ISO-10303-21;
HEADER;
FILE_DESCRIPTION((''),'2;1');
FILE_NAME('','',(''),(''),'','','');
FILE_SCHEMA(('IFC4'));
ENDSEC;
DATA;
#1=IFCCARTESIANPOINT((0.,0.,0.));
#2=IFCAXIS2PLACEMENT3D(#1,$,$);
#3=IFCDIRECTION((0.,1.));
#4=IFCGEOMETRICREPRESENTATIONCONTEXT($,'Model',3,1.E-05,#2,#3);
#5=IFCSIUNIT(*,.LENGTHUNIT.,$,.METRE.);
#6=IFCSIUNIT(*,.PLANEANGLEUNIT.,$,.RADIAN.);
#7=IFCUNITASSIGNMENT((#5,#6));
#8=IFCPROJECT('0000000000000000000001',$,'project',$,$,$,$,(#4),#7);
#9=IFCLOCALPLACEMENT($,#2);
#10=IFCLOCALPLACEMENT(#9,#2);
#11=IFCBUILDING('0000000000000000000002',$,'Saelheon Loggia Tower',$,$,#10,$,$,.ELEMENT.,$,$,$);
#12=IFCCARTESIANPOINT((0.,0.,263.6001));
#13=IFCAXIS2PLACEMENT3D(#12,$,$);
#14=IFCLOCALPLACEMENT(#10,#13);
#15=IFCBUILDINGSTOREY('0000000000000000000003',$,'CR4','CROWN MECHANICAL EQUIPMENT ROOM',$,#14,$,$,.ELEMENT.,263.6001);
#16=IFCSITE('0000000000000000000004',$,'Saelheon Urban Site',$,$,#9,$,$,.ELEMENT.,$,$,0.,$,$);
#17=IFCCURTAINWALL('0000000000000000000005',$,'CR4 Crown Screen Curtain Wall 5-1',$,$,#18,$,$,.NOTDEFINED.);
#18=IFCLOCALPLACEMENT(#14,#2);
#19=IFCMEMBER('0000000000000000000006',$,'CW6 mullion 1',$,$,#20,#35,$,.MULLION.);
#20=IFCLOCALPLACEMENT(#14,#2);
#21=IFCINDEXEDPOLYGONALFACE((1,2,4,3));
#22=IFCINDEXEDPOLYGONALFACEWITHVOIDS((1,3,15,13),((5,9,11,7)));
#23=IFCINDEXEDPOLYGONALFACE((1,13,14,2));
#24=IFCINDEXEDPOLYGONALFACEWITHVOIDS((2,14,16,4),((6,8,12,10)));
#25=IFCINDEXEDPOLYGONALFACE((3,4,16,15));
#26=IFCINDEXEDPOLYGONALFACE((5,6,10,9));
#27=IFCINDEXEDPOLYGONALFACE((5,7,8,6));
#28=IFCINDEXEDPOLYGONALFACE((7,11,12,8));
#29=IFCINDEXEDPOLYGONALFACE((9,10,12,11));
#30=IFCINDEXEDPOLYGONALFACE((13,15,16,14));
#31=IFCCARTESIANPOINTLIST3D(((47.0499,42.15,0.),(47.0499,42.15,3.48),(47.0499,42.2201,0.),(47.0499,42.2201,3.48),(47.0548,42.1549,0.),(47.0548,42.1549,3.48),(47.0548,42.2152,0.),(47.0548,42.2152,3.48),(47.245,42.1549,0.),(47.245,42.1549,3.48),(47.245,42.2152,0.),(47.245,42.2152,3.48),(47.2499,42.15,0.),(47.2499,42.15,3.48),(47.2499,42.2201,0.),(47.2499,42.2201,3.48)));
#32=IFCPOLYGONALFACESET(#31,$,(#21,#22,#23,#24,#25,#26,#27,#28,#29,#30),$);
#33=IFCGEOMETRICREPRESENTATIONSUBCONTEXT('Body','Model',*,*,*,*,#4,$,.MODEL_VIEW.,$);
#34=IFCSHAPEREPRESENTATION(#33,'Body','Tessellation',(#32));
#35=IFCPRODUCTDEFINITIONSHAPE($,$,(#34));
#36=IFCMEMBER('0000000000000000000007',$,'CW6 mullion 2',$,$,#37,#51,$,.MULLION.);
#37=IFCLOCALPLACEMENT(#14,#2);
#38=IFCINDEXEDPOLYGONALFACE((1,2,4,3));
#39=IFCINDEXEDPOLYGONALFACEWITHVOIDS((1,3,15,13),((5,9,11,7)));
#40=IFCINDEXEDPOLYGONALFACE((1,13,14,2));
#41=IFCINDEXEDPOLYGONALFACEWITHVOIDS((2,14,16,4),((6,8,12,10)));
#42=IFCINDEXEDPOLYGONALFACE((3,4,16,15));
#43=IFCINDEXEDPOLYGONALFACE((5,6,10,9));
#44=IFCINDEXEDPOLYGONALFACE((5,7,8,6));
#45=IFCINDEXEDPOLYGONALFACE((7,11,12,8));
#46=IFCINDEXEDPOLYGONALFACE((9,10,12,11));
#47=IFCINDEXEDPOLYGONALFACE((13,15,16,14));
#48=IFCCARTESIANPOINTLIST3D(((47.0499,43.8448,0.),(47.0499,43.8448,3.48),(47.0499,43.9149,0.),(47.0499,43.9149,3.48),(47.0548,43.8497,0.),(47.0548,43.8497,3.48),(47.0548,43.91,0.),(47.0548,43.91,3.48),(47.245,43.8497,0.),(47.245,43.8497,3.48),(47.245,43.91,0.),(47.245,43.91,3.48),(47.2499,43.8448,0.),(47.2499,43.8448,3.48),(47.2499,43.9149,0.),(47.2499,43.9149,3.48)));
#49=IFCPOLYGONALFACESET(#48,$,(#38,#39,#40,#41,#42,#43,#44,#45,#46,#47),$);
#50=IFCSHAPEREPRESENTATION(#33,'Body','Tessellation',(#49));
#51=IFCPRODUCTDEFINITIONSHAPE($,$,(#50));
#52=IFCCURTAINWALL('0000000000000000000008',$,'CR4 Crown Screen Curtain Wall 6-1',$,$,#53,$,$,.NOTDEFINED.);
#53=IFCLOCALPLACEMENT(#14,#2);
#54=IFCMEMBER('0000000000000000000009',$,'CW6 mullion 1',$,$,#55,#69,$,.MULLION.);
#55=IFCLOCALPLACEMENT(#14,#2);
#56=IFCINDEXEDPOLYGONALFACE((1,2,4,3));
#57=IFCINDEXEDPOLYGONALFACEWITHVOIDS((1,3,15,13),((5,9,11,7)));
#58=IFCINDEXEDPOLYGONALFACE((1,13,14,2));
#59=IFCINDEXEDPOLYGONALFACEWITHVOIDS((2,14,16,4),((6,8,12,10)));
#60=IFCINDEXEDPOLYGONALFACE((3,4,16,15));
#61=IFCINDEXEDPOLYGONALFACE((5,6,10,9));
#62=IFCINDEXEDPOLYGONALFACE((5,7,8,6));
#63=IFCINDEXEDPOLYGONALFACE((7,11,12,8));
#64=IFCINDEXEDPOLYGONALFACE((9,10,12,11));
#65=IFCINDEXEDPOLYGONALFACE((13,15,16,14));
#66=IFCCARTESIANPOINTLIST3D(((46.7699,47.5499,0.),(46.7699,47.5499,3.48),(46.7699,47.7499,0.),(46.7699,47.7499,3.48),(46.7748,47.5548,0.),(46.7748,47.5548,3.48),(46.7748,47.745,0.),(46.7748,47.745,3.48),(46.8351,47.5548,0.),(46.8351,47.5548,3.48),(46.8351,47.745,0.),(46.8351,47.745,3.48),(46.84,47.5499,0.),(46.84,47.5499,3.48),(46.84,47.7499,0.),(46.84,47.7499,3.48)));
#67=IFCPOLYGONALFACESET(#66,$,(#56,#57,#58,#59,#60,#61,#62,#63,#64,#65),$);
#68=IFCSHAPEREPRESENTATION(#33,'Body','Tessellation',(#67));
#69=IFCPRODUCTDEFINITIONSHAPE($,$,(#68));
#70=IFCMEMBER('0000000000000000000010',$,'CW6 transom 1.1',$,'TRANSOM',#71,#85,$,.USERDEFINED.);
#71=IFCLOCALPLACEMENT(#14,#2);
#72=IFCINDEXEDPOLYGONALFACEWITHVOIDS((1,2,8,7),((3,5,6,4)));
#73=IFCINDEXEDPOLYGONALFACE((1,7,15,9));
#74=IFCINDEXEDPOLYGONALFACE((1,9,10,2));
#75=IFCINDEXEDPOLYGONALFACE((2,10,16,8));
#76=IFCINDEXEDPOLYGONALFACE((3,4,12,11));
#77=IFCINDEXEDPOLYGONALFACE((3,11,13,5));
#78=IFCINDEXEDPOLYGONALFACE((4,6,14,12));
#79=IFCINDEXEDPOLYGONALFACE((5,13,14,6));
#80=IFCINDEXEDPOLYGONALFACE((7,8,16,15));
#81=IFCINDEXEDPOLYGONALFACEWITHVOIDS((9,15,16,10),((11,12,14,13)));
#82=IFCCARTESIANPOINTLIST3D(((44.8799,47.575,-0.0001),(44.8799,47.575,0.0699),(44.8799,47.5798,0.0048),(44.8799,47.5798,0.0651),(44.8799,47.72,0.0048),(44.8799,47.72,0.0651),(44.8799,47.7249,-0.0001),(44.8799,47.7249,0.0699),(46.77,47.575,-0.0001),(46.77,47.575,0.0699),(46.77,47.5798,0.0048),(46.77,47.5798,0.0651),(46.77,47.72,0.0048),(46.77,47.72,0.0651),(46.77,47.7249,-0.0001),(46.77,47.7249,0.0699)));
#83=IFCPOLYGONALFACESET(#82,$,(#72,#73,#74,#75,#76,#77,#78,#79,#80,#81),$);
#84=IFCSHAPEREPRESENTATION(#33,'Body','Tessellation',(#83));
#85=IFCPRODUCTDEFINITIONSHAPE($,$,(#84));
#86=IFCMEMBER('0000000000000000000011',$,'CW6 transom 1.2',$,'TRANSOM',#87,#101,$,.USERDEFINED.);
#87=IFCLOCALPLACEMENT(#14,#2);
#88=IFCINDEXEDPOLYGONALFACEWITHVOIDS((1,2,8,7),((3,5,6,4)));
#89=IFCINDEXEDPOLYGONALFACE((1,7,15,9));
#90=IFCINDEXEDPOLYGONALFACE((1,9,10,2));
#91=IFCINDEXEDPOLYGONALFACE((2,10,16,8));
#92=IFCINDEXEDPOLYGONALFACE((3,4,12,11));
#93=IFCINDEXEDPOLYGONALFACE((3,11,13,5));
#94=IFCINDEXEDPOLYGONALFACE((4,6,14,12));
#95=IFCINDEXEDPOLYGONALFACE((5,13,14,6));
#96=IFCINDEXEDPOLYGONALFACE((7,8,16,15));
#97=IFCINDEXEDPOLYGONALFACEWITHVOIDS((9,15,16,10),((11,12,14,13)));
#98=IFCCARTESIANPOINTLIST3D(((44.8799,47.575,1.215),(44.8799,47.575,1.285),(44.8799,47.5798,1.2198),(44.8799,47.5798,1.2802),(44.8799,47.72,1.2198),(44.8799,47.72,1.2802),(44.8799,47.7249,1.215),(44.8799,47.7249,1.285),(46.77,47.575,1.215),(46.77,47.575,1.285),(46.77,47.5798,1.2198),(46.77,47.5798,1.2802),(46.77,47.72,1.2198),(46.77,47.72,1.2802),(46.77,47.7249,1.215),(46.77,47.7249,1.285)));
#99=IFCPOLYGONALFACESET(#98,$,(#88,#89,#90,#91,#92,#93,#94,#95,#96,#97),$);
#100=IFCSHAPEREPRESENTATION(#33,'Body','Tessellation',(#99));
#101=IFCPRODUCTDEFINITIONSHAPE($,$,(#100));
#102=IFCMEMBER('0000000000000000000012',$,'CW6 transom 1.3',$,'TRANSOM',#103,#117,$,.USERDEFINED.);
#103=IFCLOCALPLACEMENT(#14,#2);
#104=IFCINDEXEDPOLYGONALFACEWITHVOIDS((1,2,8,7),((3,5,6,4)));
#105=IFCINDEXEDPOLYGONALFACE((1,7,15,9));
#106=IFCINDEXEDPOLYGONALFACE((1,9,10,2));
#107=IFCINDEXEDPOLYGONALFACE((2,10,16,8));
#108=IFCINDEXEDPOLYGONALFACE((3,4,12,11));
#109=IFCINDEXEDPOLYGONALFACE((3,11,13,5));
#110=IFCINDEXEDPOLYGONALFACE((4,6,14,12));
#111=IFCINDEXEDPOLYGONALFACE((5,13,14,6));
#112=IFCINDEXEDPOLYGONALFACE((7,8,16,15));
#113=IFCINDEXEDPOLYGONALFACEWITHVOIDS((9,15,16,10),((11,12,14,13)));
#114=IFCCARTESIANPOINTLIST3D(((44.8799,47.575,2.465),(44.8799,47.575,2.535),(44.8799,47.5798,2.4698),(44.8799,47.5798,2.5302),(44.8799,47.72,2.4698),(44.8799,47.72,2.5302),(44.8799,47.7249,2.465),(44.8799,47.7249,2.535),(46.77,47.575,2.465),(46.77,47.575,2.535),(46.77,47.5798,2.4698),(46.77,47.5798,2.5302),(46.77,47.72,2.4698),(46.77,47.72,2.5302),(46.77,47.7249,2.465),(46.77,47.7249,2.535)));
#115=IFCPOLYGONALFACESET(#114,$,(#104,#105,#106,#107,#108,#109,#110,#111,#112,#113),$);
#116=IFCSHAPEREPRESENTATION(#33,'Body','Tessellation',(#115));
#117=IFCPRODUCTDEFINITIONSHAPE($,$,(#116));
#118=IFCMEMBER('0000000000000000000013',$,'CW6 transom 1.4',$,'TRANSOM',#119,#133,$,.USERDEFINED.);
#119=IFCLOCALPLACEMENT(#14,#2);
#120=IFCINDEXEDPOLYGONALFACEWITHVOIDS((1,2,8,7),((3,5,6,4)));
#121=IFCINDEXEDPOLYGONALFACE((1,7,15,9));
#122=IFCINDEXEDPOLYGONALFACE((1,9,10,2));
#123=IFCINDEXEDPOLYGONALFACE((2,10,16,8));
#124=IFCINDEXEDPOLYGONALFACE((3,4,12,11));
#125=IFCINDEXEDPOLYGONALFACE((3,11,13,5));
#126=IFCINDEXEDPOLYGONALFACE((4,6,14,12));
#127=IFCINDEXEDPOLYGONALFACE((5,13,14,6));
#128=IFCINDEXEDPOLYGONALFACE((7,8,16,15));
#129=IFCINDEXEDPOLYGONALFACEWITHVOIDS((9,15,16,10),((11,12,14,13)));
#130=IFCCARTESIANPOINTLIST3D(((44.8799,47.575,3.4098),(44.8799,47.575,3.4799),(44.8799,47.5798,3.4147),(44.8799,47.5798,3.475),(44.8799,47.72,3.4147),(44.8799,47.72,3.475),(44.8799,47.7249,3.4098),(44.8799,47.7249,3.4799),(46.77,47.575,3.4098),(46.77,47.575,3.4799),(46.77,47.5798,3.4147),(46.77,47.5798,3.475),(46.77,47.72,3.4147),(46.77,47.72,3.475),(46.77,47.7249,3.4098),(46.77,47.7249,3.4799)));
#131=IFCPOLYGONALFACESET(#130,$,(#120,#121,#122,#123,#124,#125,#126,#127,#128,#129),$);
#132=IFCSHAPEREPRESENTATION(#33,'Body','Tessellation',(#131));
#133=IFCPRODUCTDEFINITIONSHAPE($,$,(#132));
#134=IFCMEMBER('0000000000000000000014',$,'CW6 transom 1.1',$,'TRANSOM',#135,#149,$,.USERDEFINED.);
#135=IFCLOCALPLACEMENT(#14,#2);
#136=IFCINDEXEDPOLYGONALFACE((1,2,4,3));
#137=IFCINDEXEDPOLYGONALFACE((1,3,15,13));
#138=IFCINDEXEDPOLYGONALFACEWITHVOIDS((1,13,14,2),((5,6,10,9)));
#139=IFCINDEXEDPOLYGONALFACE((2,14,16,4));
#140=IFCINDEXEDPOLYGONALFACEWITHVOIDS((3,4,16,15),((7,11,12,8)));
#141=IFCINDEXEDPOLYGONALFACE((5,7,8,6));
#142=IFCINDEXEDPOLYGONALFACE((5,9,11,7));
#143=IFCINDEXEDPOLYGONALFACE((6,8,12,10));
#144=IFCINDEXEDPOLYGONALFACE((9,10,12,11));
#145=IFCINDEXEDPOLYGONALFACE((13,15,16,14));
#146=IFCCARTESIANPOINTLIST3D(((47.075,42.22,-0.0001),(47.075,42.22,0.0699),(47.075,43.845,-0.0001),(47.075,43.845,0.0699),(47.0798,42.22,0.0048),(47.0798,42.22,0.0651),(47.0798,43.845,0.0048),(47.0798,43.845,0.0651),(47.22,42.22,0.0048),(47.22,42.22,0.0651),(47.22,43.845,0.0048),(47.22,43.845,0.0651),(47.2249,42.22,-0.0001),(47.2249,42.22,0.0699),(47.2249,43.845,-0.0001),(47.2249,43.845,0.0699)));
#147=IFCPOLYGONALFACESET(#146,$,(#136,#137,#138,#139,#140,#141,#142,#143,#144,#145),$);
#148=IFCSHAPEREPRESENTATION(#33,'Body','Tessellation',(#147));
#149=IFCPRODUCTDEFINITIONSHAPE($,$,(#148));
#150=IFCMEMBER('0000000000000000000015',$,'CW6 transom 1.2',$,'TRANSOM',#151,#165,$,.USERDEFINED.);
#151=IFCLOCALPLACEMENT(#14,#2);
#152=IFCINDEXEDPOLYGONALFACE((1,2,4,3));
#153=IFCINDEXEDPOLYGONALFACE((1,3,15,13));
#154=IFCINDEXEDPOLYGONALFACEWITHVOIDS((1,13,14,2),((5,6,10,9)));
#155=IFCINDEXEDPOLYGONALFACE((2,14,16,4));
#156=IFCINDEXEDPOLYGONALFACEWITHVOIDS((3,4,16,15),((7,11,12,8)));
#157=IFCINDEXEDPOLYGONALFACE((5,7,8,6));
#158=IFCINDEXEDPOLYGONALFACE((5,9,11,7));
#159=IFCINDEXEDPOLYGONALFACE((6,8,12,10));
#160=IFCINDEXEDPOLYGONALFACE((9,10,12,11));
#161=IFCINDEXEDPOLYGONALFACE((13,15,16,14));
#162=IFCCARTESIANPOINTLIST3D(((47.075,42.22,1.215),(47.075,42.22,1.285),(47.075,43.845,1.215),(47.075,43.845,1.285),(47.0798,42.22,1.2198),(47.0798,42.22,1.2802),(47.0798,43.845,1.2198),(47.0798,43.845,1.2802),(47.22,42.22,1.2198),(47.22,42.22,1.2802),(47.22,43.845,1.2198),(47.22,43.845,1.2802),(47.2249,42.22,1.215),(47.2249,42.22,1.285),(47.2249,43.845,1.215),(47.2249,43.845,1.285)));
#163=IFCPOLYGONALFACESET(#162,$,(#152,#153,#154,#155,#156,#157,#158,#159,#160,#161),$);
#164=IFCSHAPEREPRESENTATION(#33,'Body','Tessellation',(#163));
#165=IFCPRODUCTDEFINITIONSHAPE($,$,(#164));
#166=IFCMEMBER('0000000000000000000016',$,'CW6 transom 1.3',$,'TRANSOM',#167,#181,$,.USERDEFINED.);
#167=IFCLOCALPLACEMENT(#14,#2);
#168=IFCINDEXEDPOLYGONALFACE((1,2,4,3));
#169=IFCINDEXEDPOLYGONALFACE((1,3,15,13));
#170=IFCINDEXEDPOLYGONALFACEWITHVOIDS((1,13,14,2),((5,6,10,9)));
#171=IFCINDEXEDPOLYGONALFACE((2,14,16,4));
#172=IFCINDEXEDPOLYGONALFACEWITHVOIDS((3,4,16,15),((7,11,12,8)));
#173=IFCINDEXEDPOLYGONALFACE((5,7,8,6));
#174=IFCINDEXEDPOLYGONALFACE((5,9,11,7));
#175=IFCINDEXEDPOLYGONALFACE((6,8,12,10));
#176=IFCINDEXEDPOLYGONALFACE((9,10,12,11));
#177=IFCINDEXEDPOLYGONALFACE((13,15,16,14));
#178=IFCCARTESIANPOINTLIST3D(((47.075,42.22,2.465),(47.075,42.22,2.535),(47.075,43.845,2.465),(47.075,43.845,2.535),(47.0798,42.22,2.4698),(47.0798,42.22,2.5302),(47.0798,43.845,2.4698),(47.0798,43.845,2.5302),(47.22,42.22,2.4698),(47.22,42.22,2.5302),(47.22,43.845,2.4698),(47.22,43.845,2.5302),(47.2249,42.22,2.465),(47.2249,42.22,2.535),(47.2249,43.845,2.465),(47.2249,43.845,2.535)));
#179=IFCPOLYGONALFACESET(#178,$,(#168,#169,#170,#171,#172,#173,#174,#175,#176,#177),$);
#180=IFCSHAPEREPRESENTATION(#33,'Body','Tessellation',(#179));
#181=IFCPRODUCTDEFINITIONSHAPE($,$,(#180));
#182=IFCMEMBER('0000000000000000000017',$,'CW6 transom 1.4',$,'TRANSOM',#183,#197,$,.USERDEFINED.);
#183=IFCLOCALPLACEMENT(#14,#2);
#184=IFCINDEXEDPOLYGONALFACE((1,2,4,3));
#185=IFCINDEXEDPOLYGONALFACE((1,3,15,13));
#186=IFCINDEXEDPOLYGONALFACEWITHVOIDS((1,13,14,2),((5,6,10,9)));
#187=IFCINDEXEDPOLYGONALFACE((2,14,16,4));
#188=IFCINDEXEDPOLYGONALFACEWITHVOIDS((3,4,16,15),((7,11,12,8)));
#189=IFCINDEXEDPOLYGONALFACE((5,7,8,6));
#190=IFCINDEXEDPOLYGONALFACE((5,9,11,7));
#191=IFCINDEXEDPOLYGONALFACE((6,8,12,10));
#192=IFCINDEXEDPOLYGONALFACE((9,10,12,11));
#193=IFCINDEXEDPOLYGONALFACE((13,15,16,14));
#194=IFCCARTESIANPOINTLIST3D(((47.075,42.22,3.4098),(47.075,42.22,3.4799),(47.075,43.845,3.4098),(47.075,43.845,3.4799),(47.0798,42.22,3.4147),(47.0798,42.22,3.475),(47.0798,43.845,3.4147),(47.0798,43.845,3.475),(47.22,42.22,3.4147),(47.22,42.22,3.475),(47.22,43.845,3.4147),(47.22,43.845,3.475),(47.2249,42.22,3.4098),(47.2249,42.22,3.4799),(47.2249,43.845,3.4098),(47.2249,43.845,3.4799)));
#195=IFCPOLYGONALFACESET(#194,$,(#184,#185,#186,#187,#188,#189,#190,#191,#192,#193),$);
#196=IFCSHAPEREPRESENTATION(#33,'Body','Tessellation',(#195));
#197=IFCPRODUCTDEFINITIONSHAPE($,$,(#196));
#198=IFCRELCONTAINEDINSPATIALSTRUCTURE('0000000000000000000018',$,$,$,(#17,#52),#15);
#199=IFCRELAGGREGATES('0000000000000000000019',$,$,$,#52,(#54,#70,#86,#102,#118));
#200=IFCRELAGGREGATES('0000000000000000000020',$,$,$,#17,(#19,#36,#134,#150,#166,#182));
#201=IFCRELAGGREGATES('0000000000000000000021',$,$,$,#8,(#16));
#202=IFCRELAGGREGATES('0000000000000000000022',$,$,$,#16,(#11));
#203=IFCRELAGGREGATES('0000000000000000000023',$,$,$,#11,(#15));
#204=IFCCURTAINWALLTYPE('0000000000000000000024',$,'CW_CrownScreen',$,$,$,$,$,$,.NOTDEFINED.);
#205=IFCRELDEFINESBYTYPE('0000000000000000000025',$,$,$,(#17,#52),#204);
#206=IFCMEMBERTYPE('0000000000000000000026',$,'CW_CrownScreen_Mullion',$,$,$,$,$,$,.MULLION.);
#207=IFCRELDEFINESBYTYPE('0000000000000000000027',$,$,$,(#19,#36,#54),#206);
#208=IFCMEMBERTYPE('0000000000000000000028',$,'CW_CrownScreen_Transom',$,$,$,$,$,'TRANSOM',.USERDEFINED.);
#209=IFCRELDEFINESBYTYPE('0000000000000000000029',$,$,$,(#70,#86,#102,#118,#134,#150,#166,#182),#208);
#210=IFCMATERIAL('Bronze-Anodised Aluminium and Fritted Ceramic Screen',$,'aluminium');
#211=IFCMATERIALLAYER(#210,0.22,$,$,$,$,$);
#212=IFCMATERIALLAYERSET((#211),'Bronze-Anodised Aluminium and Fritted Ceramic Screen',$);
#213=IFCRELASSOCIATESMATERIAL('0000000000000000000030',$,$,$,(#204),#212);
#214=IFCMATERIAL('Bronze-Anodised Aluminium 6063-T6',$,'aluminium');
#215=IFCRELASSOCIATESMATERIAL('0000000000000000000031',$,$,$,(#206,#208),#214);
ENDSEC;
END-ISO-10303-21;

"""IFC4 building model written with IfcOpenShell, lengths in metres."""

from ifc_helpers import new_model, si_unit, direction, frame, origin, origin_2d, place, context, subcontext, project, spatial, hollow_rectangle, extrude, source, transform, mapped, material, layer, layer_set, material_profile, profile_set, type_object, element, aggregate, save


model = new_model("IFC4")

# Units and contexts
model_context = context("Model", 3, precision=1e-05, world=origin(), true_north=direction((0.0, 1.0)))
body_context = subcontext(model_context, "Body", "Model", "MODEL_VIEW")
ifc_project = project(units=[si_unit("LENGTHUNIT", "METRE"), si_unit("PLANEANGLEUNIT", "RADIAN")], contexts=[model_context])

# Site, building, storey
site_placement = place(None, origin())
site = spatial("IfcSite", under=ifc_project, at=site_placement, Name="Saelheon Urban Site", CompositionType="ELEMENT", RefElevation=0.0)
building_placement = place(site_placement, origin())
building = spatial("IfcBuilding", under=site, at=building_placement, Name="Saelheon Loggia Tower", CompositionType="ELEMENT")
storey_placement = place(building_placement, frame((0.0, 0.0, 263.6001)))
storey = spatial("IfcBuildingStorey", under=building, at=storey_placement, Name="CR4", Description="CROWN MECHANICAL EQUIPMENT ROOM", CompositionType="ELEMENT", Elevation=263.6001)

# Curtain walls, members
ifc_material_1 = material(Name="Bronze-Anodised Aluminium and Fritted Ceramic Screen", Category="aluminium")
ifc_layer_1 = layer(ifc_material_1, 0.22)
ifc_layer_set_1 = layer_set([ifc_layer_1], Name="Bronze-Anodised Aluminium and Fritted Ceramic Screen")
curtain_wall_type = type_object("IfcCurtainWallType", Name="CW_CrownScreen", PredefinedType="NOTDEFINED", material=ifc_layer_set_1)
curtain_wall_1_placement = place(storey_placement, origin())
curtain_wall_1 = element("IfcCurtainWall", 1, at=curtain_wall_1_placement, inside=storey, type_object=curtain_wall_type, Name="CR4 Crown Screen Curtain Wall 5-1", PredefinedType="NOTDEFINED")
ifc_material_2 = material(Name="Bronze-Anodised Aluminium 6063-T6", Category="aluminium")
ifc_material_profile_1 = material_profile(ifc_material_2, hollow_rectangle(XDim=0.0701, YDim=0.2, WallThickness=0.0049, at=origin_2d()), Name="RHS-200x70x5")
ifc_profile_set_1 = profile_set([ifc_material_profile_1], Name="Bronze-Anodised Aluminium 6063-T6")
member_type_1 = type_object("IfcMemberType", Name="CW_CrownScreen_Mullion", PredefinedType="MULLION", material=ifc_profile_set_1)
shared_shape_1 = source(origin(), body_context, "Body", "SweptSolid", [
    extrude(hollow_rectangle(XDim=0.0701, YDim=0.2, WallThickness=0.0049, at=origin_2d()), origin(), (0.0, 0.0, 1.0), 3.48),
])
member_1_placement = place(storey_placement, frame((47.1499, 42.1851, 0.0), z_axis=(0.0, 0.0, 1.0), x_axis=(0.0, 1.0, 0.0)))
member_1 = element("IfcMember", 2, at=member_1_placement, type_object=member_type_1, Name="CW6 mullion 1", PredefinedType="MULLION", context=body_context, shape_type="MappedRepresentation", body=[
    mapped(shared_shape_1, transform((0.0, 0.0, 0.0), scale=1.0)),
])
member_2_placement = place(storey_placement, frame((47.1499, 43.8799, 0.0), z_axis=(0.0, 0.0, 1.0), x_axis=(0.0, 1.0, 0.0)))
member_2 = element("IfcMember", 3, at=member_2_placement, type_object=member_type_1, Name="CW6 mullion 2", PredefinedType="MULLION", context=body_context, shape_type="MappedRepresentation", body=[
    mapped(shared_shape_1, transform((0.0, 0.0, 0.0), scale=1.0)),
])
curtain_wall_2_placement = place(storey_placement, origin())
curtain_wall_2 = element("IfcCurtainWall", 4, at=curtain_wall_2_placement, inside=storey, type_object=curtain_wall_type, Name="CR4 Crown Screen Curtain Wall 6-1", PredefinedType="NOTDEFINED")
member_3_placement = place(storey_placement, frame((46.8049, 47.6499, 0.0), z_axis=(0.0, 0.0, 1.0), x_axis=(-1.0, 0.0, 0.0)))
member_3 = element("IfcMember", 5, at=member_3_placement, type_object=member_type_1, Name="CW6 mullion 1", PredefinedType="MULLION", context=body_context, shape_type="MappedRepresentation", body=[
    mapped(shared_shape_1, transform((0.0, 0.0, 0.0), scale=1.0)),
])
ifc_material_profile_2 = material_profile(ifc_material_2, hollow_rectangle(XDim=0.0701, YDim=0.1499, WallThickness=0.0049, at=origin_2d()), Name="RHS-150x70x5")
ifc_profile_set_2 = profile_set([ifc_material_profile_2], Name="Bronze-Anodised Aluminium 6063-T6")
member_type_2 = type_object("IfcMemberType", Name="CW_CrownScreen_Transom", ElementType="TRANSOM", PredefinedType="USERDEFINED", material=ifc_profile_set_2)
shared_shape_2 = source(origin(), body_context, "Body", "SweptSolid", [
    extrude(hollow_rectangle(XDim=0.0701, YDim=0.1499, WallThickness=0.0049, at=origin_2d()), origin(), (0.0, 0.0, 1.0), 1.8901),
])
member_4_placement = place(storey_placement, frame((46.77, 47.6499, 0.0349), z_axis=(-1.0, 0.0, 0.0), x_axis=(0.0, 0.0, 1.0)))
member_4 = element("IfcMember", 6, at=member_4_placement, type_object=member_type_2, Name="CW6 transom 1.1", ObjectType="TRANSOM", PredefinedType="USERDEFINED", context=body_context, shape_type="MappedRepresentation", body=[
    mapped(shared_shape_2, transform((0.0, 0.0, 0.0), scale=1.0)),
])
member_5_placement = place(storey_placement, frame((46.77, 47.6499, 1.25), z_axis=(-1.0, 0.0, 0.0), x_axis=(0.0, 0.0, 1.0)))
member_5 = element("IfcMember", 7, at=member_5_placement, type_object=member_type_2, Name="CW6 transom 1.2", ObjectType="TRANSOM", PredefinedType="USERDEFINED", context=body_context, shape_type="MappedRepresentation", body=[
    mapped(shared_shape_2, transform((0.0, 0.0, 0.0), scale=1.0)),
])
member_6_placement = place(storey_placement, frame((46.77, 47.6499, 2.5), z_axis=(-1.0, 0.0, 0.0), x_axis=(0.0, 0.0, 1.0)))
member_6 = element("IfcMember", 8, at=member_6_placement, type_object=member_type_2, Name="CW6 transom 1.3", ObjectType="TRANSOM", PredefinedType="USERDEFINED", context=body_context, shape_type="MappedRepresentation", body=[
    mapped(shared_shape_2, transform((0.0, 0.0, 0.0), scale=1.0)),
])
member_7_placement = place(storey_placement, frame((46.77, 47.6499, 3.4448), z_axis=(-1.0, 0.0, 0.0), x_axis=(0.0, 0.0, 1.0)))
member_7 = element("IfcMember", 9, at=member_7_placement, type_object=member_type_2, Name="CW6 transom 1.4", ObjectType="TRANSOM", PredefinedType="USERDEFINED", context=body_context, shape_type="MappedRepresentation", body=[
    mapped(shared_shape_2, transform((0.0, 0.0, 0.0), scale=1.0)),
])

# Members
shared_shape_3 = source(origin(), body_context, "Body", "SweptSolid", [
    extrude(hollow_rectangle(XDim=0.0701, YDim=0.1499, WallThickness=0.0049, at=origin_2d()), origin(), (0.0, 0.0, 1.0), 1.625),
])
member_8_placement = place(storey_placement, frame((47.1499, 42.22, 0.0349), z_axis=(0.0, 1.0, 0.0), x_axis=(0.0, 0.0, 1.0)))
member_8 = element("IfcMember", 10, at=member_8_placement, type_object=member_type_2, Name="CW6 transom 1.1", ObjectType="TRANSOM", PredefinedType="USERDEFINED", context=body_context, shape_type="MappedRepresentation", body=[
    mapped(shared_shape_3, transform((0.0, 0.0, 0.0), scale=1.0)),
])
member_9_placement = place(storey_placement, frame((47.1499, 42.22, 1.25), z_axis=(0.0, 1.0, 0.0), x_axis=(0.0, 0.0, 1.0)))
member_9 = element("IfcMember", 11, at=member_9_placement, type_object=member_type_2, Name="CW6 transom 1.2", ObjectType="TRANSOM", PredefinedType="USERDEFINED", context=body_context, shape_type="MappedRepresentation", body=[
    mapped(shared_shape_3, transform((0.0, 0.0, 0.0), scale=1.0)),
])
member_10_placement = place(storey_placement, frame((47.1499, 42.22, 2.5), z_axis=(0.0, 1.0, 0.0), x_axis=(0.0, 0.0, 1.0)))
member_10 = element("IfcMember", 12, at=member_10_placement, type_object=member_type_2, Name="CW6 transom 1.3", ObjectType="TRANSOM", PredefinedType="USERDEFINED", context=body_context, shape_type="MappedRepresentation", body=[
    mapped(shared_shape_3, transform((0.0, 0.0, 0.0), scale=1.0)),
])
member_11_placement = place(storey_placement, frame((47.1499, 42.22, 3.4448), z_axis=(0.0, 1.0, 0.0), x_axis=(0.0, 0.0, 1.0)))
member_11 = element("IfcMember", 13, at=member_11_placement, type_object=member_type_2, Name="CW6 transom 1.4", ObjectType="TRANSOM", PredefinedType="USERDEFINED", context=body_context, shape_type="MappedRepresentation", body=[
    mapped(shared_shape_3, transform((0.0, 0.0, 0.0), scale=1.0)),
])

aggregate(curtain_wall_2, [member_3, member_4, member_5, member_6, member_7])
aggregate(curtain_wall_1, [member_1, member_2, member_8, member_9, member_10, member_11])

save(model, "model.ifc")
